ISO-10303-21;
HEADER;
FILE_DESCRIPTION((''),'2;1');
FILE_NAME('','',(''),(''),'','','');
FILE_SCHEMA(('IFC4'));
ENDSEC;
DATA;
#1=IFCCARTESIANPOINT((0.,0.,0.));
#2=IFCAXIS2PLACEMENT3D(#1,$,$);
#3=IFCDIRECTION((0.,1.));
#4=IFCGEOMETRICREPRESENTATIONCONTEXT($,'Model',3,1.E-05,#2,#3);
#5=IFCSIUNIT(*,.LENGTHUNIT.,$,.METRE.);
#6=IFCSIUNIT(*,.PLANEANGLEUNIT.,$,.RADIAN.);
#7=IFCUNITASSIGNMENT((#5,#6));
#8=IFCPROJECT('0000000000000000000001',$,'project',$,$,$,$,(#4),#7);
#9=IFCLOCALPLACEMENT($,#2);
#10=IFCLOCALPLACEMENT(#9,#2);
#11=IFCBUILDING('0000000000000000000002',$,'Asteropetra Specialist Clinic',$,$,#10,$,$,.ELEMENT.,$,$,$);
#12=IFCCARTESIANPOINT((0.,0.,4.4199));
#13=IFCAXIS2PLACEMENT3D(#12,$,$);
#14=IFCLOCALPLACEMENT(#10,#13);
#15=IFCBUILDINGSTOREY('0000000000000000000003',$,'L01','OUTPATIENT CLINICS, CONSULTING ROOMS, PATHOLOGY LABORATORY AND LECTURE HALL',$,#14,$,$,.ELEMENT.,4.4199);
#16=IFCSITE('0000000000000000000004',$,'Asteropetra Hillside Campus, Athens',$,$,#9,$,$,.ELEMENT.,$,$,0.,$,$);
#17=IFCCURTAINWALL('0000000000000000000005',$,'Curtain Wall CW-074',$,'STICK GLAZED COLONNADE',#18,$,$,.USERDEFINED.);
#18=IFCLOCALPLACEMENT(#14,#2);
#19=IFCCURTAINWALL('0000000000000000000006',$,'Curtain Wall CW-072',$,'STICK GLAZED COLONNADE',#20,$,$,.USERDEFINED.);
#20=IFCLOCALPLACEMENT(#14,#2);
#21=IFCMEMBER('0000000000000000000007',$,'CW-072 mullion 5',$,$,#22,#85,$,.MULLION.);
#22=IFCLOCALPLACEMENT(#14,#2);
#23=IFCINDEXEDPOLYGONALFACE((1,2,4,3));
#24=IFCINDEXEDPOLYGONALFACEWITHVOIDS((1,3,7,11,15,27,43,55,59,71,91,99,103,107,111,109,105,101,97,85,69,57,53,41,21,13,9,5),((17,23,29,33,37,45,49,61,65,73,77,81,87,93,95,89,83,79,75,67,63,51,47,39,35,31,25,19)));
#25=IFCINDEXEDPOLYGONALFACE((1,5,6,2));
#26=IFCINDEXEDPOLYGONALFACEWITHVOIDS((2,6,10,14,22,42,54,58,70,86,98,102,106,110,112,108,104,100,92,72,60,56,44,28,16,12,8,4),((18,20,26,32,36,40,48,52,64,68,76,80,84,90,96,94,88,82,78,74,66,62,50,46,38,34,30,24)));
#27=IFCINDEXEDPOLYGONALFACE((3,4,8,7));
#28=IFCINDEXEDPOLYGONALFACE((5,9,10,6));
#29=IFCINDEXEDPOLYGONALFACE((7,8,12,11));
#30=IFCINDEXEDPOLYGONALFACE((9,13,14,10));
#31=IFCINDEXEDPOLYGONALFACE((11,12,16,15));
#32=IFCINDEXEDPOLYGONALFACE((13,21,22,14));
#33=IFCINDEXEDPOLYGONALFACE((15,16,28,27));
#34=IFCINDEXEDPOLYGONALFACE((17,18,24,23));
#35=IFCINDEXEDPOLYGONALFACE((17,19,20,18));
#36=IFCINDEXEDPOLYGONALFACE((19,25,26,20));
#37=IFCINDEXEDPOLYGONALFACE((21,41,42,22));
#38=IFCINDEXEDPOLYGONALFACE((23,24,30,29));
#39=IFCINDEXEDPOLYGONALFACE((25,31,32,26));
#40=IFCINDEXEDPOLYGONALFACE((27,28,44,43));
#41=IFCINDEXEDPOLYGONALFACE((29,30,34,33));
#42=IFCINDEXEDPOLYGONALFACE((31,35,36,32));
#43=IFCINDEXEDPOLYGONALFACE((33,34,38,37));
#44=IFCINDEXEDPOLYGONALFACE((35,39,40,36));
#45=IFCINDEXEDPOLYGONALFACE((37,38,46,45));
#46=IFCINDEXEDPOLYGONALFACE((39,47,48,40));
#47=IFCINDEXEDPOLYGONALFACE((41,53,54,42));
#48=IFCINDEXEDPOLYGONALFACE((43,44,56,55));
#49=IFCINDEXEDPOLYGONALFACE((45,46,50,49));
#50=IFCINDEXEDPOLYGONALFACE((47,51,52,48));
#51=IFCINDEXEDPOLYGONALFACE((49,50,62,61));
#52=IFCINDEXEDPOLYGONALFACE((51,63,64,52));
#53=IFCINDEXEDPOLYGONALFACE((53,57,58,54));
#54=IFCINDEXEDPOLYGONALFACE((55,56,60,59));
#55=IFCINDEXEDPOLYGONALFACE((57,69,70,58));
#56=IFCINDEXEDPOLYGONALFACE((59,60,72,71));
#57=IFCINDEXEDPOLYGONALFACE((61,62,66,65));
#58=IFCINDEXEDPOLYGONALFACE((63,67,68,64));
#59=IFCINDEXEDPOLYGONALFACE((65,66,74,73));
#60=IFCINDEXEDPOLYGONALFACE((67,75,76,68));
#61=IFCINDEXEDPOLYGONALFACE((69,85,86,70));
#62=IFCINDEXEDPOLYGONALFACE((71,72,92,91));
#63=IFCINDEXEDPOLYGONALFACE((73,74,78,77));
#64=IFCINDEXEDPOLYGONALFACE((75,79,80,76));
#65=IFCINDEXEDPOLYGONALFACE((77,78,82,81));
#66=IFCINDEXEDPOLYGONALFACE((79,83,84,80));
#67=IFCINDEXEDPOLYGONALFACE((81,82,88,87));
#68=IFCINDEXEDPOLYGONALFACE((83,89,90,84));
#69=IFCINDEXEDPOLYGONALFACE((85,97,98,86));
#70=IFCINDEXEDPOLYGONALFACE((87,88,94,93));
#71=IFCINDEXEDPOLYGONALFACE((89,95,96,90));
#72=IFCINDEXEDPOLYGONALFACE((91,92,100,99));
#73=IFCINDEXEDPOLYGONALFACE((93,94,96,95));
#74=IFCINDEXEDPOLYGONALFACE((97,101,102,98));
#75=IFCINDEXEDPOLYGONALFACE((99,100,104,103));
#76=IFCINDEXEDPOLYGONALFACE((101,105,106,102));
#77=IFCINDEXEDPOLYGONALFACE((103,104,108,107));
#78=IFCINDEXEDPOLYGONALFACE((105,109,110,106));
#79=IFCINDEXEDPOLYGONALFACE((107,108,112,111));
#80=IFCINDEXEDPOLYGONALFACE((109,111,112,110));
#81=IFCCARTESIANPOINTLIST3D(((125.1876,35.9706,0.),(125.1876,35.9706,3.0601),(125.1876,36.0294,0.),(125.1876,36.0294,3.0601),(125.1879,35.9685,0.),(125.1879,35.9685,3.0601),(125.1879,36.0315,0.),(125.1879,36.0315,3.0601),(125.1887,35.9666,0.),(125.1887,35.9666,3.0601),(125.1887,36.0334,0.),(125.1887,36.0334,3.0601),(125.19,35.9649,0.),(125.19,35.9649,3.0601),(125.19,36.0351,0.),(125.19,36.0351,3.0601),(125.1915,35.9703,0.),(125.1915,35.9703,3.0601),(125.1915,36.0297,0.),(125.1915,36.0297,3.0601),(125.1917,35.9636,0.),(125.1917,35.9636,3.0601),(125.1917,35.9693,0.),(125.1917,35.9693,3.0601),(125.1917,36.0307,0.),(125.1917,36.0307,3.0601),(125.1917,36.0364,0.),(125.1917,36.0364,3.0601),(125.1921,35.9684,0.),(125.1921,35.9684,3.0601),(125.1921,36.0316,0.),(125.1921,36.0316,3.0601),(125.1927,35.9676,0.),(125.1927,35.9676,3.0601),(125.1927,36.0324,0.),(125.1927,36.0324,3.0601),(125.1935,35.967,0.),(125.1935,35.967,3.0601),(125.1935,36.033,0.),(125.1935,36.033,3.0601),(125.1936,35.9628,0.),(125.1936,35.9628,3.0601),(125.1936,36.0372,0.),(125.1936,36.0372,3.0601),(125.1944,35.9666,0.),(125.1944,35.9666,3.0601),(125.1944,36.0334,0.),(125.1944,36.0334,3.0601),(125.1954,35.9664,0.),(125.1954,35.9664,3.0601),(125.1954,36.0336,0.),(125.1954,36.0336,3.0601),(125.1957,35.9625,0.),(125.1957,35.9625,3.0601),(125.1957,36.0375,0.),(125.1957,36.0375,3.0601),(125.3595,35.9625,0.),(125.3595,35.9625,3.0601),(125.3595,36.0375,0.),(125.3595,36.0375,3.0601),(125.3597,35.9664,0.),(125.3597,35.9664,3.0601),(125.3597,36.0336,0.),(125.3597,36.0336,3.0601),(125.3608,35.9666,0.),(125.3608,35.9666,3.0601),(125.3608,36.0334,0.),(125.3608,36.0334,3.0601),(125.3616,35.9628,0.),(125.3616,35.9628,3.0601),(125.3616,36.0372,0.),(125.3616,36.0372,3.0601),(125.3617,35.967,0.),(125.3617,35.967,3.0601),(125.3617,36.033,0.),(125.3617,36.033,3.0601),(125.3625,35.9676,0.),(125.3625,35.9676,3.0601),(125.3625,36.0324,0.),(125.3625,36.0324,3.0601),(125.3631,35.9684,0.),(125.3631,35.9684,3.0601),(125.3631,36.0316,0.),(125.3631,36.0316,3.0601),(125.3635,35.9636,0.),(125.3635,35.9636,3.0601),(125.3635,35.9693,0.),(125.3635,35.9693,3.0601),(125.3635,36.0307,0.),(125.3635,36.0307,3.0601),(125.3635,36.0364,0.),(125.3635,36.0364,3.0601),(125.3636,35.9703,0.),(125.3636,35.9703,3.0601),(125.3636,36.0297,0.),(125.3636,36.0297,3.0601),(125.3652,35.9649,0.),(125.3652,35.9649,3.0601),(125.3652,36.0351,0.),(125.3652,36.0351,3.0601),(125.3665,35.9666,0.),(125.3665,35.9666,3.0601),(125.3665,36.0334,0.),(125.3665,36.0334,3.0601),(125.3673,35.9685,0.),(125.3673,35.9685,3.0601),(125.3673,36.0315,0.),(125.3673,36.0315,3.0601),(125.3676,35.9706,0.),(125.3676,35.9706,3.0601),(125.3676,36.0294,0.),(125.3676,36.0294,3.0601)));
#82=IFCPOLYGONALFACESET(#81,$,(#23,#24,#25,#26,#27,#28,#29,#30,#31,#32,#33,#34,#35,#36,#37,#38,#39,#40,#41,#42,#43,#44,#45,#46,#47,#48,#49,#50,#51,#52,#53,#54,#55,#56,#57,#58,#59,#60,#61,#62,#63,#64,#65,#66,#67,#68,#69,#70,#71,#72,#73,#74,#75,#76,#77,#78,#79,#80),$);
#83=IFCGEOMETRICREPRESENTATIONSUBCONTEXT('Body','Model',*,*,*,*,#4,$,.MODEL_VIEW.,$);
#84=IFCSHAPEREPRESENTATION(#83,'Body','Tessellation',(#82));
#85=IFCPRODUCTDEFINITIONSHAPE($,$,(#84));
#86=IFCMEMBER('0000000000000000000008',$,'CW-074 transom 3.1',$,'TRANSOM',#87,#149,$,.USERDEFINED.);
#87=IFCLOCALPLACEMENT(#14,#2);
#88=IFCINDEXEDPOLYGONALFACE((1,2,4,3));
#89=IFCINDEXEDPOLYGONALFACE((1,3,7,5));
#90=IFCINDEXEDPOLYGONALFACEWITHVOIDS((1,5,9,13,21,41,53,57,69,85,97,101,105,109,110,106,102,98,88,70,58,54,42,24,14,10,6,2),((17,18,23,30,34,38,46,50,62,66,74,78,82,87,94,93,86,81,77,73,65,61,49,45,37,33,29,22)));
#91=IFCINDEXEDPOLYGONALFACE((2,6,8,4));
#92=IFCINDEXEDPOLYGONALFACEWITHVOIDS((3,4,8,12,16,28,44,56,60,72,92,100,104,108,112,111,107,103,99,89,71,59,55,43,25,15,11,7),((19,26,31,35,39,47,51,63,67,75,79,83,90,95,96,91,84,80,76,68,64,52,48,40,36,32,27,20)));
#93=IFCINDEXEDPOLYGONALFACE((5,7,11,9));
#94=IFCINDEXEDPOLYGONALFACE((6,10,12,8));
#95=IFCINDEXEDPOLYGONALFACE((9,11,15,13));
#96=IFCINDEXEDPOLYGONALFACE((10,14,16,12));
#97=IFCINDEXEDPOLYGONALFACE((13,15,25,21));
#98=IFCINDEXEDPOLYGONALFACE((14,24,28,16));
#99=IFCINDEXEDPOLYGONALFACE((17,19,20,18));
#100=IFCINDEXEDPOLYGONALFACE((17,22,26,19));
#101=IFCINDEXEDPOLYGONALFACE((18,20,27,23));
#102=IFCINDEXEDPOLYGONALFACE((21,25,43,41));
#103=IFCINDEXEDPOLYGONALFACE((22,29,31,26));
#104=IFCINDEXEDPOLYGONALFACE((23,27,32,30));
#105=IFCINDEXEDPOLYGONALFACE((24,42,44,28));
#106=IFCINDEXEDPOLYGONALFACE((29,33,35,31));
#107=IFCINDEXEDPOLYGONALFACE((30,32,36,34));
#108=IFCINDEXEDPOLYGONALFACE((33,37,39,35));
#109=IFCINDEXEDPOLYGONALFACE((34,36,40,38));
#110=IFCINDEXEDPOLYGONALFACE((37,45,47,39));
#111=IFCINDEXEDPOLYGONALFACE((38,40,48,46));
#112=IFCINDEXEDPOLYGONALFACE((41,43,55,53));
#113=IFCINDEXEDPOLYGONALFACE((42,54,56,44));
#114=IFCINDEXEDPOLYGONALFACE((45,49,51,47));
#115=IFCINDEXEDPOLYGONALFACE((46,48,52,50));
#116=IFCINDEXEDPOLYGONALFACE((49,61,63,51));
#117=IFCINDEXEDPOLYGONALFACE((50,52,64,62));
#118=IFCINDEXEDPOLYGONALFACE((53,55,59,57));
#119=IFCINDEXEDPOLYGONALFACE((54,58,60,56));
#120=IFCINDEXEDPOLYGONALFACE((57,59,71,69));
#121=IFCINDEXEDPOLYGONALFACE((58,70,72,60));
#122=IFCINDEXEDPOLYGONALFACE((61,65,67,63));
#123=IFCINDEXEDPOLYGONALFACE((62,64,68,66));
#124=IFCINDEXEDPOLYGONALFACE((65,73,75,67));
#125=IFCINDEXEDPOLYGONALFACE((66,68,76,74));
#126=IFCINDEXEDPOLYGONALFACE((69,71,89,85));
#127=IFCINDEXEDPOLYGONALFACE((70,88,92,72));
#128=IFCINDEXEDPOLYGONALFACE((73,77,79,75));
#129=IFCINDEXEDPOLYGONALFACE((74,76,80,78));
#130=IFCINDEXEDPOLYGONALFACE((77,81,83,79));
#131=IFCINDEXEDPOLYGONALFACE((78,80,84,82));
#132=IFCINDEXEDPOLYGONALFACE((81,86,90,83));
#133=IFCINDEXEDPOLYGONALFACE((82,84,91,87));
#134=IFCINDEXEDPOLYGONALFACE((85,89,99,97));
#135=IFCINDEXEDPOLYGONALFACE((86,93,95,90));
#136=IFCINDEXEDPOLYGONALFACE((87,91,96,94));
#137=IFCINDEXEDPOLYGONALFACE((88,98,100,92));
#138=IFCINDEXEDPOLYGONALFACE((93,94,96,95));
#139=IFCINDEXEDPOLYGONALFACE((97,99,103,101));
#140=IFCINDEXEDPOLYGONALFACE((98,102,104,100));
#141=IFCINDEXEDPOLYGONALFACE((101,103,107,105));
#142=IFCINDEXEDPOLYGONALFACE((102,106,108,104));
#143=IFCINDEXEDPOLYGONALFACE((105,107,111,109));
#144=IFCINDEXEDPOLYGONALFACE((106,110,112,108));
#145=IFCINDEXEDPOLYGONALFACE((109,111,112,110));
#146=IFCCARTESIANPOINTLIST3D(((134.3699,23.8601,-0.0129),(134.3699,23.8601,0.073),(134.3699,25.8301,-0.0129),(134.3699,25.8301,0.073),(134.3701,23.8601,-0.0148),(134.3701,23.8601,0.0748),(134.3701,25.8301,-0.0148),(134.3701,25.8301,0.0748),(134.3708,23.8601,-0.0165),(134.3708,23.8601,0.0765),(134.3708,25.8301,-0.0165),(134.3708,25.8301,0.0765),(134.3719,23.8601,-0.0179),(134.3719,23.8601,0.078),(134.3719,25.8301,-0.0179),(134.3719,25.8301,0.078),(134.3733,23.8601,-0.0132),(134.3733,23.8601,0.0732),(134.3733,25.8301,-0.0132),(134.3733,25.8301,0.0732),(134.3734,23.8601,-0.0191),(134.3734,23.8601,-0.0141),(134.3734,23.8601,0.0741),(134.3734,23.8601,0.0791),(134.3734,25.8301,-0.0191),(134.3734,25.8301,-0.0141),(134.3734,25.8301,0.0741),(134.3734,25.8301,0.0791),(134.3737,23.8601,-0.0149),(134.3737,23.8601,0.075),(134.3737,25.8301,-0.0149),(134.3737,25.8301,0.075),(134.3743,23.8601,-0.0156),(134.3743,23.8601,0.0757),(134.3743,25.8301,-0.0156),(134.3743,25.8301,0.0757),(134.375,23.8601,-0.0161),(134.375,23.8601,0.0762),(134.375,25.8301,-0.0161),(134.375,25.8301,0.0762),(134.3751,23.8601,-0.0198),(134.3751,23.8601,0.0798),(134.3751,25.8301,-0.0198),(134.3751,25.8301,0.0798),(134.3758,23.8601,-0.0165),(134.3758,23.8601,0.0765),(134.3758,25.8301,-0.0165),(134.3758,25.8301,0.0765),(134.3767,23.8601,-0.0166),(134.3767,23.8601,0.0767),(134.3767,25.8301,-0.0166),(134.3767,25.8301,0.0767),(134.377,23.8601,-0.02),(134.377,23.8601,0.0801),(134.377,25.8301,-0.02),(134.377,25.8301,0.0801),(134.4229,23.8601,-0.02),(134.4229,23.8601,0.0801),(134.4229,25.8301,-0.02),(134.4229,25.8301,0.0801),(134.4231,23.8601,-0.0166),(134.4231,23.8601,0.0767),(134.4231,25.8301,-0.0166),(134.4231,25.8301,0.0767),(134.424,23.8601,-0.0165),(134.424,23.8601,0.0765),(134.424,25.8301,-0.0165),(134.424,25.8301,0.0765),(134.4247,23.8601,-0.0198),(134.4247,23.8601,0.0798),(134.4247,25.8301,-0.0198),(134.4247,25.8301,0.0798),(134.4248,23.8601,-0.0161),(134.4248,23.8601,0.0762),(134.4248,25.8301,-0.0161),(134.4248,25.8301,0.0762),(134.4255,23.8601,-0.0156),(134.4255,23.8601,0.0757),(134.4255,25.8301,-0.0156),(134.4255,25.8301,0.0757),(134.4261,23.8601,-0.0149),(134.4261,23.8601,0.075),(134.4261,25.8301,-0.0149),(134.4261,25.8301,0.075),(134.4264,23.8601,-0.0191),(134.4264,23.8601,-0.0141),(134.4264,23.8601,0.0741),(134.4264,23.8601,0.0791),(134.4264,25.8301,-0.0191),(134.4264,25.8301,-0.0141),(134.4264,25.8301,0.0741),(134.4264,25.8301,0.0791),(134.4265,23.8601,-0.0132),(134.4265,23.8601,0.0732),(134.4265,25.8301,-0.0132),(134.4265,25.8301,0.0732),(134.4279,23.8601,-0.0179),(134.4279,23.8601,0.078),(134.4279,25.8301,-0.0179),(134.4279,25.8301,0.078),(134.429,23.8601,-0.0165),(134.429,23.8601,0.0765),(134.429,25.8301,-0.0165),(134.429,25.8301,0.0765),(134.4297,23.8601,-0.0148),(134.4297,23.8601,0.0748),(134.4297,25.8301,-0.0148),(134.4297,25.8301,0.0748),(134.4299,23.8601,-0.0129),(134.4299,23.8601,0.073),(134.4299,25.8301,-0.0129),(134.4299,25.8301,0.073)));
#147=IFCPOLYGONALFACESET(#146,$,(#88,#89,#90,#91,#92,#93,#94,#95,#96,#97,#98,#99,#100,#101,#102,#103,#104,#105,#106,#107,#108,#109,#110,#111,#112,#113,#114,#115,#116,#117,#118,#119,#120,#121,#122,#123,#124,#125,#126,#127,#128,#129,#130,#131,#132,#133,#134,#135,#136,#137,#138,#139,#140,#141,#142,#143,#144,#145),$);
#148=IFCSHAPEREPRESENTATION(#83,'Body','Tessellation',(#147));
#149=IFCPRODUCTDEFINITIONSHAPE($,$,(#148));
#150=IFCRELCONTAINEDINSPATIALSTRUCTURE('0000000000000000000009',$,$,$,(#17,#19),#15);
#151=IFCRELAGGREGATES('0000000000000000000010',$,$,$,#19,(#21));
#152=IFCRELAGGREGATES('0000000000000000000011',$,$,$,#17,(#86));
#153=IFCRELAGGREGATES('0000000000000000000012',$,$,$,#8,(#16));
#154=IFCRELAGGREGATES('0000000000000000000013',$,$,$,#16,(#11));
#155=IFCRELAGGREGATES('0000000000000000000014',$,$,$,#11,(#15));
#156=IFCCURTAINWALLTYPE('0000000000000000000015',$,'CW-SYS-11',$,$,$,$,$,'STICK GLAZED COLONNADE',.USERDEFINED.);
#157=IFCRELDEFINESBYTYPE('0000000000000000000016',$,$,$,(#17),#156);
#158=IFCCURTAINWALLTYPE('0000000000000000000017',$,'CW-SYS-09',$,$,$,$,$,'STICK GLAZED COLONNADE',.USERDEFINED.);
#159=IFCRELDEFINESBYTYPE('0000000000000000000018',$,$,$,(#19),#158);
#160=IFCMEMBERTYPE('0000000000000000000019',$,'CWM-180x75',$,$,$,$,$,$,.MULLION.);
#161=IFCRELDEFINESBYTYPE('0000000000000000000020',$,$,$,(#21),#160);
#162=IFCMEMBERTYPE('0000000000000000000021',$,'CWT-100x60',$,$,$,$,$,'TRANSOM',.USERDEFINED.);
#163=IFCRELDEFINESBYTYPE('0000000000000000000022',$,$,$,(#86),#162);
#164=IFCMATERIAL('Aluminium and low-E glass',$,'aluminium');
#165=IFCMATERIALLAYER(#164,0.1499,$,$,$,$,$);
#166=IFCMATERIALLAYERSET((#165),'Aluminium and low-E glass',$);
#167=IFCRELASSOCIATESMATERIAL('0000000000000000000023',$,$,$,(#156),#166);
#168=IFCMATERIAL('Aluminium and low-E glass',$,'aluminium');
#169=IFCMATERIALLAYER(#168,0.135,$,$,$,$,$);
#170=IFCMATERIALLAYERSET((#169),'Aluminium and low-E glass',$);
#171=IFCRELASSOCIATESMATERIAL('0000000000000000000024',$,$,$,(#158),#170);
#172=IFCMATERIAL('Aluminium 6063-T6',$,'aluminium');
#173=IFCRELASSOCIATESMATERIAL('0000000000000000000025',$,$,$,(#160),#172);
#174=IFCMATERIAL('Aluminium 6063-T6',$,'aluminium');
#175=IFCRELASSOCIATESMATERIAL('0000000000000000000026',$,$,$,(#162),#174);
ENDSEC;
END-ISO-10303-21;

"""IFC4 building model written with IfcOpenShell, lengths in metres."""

from ifc_helpers import new_model, si_unit, direction, frame, origin, origin_2d, place, context, subcontext, project, spatial, hollow_rectangle, extrude, material, layer, layer_set, material_profile, profile_set, type_object, element, aggregate, save


model = new_model("IFC4")

# Units and contexts
model_context = context("Model", 3, precision=1e-05, world=origin(), true_north=direction((0.0, 1.0)))
body_context = subcontext(model_context, "Body", "Model", "MODEL_VIEW")
ifc_project = project(units=[si_unit("LENGTHUNIT", "METRE"), si_unit("PLANEANGLEUNIT", "RADIAN")], contexts=[model_context])

# Site, building, storey
site_placement = place(None, origin())
site = spatial("IfcSite", under=ifc_project, at=site_placement, Name="Asteropetra Hillside Campus, Athens", CompositionType="ELEMENT", RefElevation=0.0)
building_placement = place(site_placement, origin())
building = spatial("IfcBuilding", under=site, at=building_placement, Name="Asteropetra Specialist Clinic", CompositionType="ELEMENT")
storey_placement = place(building_placement, frame((0.0, 0.0, 4.4199)))
storey = spatial("IfcBuildingStorey", under=building, at=storey_placement, Name="L01", Description="OUTPATIENT CLINICS, CONSULTING ROOMS, PATHOLOGY LABORATORY AND LECTURE HALL", CompositionType="ELEMENT", Elevation=4.4199)

# Curtain wall
ifc_material_1 = material(Name="Aluminium and low-E glass", Category="aluminium")
ifc_layer_1 = layer(ifc_material_1, 0.1499)
ifc_layer_set_1 = layer_set([ifc_layer_1], Name="Aluminium and low-E glass")
curtain_wall_type_1 = type_object("IfcCurtainWallType", Name="CW-SYS-11", ElementType="STICK GLAZED COLONNADE", PredefinedType="USERDEFINED", material=ifc_layer_set_1)
curtain_wall_1_placement = place(storey_placement, origin())
curtain_wall_1 = element("IfcCurtainWall", 1, at=curtain_wall_1_placement, inside=storey, type_object=curtain_wall_type_1, Name="Curtain Wall CW-074", ObjectType="STICK GLAZED COLONNADE", PredefinedType="USERDEFINED")

# Curtain wall, member
ifc_material_2 = material(Name="Aluminium and low-E glass", Category="aluminium")
ifc_layer_2 = layer(ifc_material_2, 0.135)
ifc_layer_set_2 = layer_set([ifc_layer_2], Name="Aluminium and low-E glass")
curtain_wall_type_2 = type_object("IfcCurtainWallType", Name="CW-SYS-09", ElementType="STICK GLAZED COLONNADE", PredefinedType="USERDEFINED", material=ifc_layer_set_2)
curtain_wall_2_placement = place(storey_placement, origin())
curtain_wall_2 = element("IfcCurtainWall", 2, at=curtain_wall_2_placement, inside=storey, type_object=curtain_wall_type_2, Name="Curtain Wall CW-072", ObjectType="STICK GLAZED COLONNADE", PredefinedType="USERDEFINED")
ifc_material_3 = material(Name="Aluminium 6063-T6", Category="aluminium")
ifc_material_profile_1 = material_profile(ifc_material_3, hollow_rectangle(XDim=0.075, YDim=0.1799, WallThickness=0.0039, InnerFilletRadius=0.0039, OuterFilletRadius=0.0081, at=origin_2d()), Name="MUL 180x75x4.0")
ifc_profile_set_1 = profile_set([ifc_material_profile_1], Name="Aluminium 6063-T6")
member_type_1 = type_object("IfcMemberType", Name="CWM-180x75", PredefinedType="MULLION", material=ifc_profile_set_1)
member_1_placement = place(storey_placement, frame((125.2776, 36.0, 0.0), z_axis=(0.0, 0.0, 1.0), x_axis=(0.0, -1.0, 0.0)))
member_1 = element("IfcMember", 3, at=member_1_placement, type_object=member_type_1, Name="CW-072 mullion 5", PredefinedType="MULLION", context=body_context, shape_type="SweptSolid", body=[
    extrude(hollow_rectangle(XDim=0.075, YDim=0.1799, WallThickness=0.0039, InnerFilletRadius=0.0039, OuterFilletRadius=0.0081, at=origin_2d()), origin(), (0.0, 0.0, 1.0), 3.0601),
])

# Member
ifc_material_4 = material(Name="Aluminium 6063-T6", Category="aluminium")
ifc_material_profile_2 = material_profile(ifc_material_4, hollow_rectangle(XDim=0.0601, YDim=0.1001, WallThickness=0.0034, InnerFilletRadius=0.0034, OuterFilletRadius=0.0071, at=origin_2d()), Name="TRN 100x60x3.5")
ifc_profile_set_2 = profile_set([ifc_material_profile_2], Name="Aluminium 6063-T6")
member_type_2 = type_object("IfcMemberType", Name="CWT-100x60", ElementType="TRANSOM", PredefinedType="USERDEFINED", material=ifc_profile_set_2)
member_2_placement = place(storey_placement, frame((134.3999, 23.8601, 0.03), z_axis=(0.0, 1.0, 0.0), x_axis=(-1.0, 0.0, 0.0)))
member_2 = element("IfcMember", 4, at=member_2_placement, type_object=member_type_2, Name="CW-074 transom 3.1", ObjectType="TRANSOM", PredefinedType="USERDEFINED", context=body_context, shape_type="SweptSolid", body=[
    extrude(hollow_rectangle(XDim=0.0601, YDim=0.1001, WallThickness=0.0034, InnerFilletRadius=0.0034, OuterFilletRadius=0.0071, at=origin_2d()), origin(), (0.0, 0.0, 1.0), 1.97),
])

aggregate(curtain_wall_2, [member_1])
aggregate(curtain_wall_1, [member_2])

save(model, "model.ifc")
